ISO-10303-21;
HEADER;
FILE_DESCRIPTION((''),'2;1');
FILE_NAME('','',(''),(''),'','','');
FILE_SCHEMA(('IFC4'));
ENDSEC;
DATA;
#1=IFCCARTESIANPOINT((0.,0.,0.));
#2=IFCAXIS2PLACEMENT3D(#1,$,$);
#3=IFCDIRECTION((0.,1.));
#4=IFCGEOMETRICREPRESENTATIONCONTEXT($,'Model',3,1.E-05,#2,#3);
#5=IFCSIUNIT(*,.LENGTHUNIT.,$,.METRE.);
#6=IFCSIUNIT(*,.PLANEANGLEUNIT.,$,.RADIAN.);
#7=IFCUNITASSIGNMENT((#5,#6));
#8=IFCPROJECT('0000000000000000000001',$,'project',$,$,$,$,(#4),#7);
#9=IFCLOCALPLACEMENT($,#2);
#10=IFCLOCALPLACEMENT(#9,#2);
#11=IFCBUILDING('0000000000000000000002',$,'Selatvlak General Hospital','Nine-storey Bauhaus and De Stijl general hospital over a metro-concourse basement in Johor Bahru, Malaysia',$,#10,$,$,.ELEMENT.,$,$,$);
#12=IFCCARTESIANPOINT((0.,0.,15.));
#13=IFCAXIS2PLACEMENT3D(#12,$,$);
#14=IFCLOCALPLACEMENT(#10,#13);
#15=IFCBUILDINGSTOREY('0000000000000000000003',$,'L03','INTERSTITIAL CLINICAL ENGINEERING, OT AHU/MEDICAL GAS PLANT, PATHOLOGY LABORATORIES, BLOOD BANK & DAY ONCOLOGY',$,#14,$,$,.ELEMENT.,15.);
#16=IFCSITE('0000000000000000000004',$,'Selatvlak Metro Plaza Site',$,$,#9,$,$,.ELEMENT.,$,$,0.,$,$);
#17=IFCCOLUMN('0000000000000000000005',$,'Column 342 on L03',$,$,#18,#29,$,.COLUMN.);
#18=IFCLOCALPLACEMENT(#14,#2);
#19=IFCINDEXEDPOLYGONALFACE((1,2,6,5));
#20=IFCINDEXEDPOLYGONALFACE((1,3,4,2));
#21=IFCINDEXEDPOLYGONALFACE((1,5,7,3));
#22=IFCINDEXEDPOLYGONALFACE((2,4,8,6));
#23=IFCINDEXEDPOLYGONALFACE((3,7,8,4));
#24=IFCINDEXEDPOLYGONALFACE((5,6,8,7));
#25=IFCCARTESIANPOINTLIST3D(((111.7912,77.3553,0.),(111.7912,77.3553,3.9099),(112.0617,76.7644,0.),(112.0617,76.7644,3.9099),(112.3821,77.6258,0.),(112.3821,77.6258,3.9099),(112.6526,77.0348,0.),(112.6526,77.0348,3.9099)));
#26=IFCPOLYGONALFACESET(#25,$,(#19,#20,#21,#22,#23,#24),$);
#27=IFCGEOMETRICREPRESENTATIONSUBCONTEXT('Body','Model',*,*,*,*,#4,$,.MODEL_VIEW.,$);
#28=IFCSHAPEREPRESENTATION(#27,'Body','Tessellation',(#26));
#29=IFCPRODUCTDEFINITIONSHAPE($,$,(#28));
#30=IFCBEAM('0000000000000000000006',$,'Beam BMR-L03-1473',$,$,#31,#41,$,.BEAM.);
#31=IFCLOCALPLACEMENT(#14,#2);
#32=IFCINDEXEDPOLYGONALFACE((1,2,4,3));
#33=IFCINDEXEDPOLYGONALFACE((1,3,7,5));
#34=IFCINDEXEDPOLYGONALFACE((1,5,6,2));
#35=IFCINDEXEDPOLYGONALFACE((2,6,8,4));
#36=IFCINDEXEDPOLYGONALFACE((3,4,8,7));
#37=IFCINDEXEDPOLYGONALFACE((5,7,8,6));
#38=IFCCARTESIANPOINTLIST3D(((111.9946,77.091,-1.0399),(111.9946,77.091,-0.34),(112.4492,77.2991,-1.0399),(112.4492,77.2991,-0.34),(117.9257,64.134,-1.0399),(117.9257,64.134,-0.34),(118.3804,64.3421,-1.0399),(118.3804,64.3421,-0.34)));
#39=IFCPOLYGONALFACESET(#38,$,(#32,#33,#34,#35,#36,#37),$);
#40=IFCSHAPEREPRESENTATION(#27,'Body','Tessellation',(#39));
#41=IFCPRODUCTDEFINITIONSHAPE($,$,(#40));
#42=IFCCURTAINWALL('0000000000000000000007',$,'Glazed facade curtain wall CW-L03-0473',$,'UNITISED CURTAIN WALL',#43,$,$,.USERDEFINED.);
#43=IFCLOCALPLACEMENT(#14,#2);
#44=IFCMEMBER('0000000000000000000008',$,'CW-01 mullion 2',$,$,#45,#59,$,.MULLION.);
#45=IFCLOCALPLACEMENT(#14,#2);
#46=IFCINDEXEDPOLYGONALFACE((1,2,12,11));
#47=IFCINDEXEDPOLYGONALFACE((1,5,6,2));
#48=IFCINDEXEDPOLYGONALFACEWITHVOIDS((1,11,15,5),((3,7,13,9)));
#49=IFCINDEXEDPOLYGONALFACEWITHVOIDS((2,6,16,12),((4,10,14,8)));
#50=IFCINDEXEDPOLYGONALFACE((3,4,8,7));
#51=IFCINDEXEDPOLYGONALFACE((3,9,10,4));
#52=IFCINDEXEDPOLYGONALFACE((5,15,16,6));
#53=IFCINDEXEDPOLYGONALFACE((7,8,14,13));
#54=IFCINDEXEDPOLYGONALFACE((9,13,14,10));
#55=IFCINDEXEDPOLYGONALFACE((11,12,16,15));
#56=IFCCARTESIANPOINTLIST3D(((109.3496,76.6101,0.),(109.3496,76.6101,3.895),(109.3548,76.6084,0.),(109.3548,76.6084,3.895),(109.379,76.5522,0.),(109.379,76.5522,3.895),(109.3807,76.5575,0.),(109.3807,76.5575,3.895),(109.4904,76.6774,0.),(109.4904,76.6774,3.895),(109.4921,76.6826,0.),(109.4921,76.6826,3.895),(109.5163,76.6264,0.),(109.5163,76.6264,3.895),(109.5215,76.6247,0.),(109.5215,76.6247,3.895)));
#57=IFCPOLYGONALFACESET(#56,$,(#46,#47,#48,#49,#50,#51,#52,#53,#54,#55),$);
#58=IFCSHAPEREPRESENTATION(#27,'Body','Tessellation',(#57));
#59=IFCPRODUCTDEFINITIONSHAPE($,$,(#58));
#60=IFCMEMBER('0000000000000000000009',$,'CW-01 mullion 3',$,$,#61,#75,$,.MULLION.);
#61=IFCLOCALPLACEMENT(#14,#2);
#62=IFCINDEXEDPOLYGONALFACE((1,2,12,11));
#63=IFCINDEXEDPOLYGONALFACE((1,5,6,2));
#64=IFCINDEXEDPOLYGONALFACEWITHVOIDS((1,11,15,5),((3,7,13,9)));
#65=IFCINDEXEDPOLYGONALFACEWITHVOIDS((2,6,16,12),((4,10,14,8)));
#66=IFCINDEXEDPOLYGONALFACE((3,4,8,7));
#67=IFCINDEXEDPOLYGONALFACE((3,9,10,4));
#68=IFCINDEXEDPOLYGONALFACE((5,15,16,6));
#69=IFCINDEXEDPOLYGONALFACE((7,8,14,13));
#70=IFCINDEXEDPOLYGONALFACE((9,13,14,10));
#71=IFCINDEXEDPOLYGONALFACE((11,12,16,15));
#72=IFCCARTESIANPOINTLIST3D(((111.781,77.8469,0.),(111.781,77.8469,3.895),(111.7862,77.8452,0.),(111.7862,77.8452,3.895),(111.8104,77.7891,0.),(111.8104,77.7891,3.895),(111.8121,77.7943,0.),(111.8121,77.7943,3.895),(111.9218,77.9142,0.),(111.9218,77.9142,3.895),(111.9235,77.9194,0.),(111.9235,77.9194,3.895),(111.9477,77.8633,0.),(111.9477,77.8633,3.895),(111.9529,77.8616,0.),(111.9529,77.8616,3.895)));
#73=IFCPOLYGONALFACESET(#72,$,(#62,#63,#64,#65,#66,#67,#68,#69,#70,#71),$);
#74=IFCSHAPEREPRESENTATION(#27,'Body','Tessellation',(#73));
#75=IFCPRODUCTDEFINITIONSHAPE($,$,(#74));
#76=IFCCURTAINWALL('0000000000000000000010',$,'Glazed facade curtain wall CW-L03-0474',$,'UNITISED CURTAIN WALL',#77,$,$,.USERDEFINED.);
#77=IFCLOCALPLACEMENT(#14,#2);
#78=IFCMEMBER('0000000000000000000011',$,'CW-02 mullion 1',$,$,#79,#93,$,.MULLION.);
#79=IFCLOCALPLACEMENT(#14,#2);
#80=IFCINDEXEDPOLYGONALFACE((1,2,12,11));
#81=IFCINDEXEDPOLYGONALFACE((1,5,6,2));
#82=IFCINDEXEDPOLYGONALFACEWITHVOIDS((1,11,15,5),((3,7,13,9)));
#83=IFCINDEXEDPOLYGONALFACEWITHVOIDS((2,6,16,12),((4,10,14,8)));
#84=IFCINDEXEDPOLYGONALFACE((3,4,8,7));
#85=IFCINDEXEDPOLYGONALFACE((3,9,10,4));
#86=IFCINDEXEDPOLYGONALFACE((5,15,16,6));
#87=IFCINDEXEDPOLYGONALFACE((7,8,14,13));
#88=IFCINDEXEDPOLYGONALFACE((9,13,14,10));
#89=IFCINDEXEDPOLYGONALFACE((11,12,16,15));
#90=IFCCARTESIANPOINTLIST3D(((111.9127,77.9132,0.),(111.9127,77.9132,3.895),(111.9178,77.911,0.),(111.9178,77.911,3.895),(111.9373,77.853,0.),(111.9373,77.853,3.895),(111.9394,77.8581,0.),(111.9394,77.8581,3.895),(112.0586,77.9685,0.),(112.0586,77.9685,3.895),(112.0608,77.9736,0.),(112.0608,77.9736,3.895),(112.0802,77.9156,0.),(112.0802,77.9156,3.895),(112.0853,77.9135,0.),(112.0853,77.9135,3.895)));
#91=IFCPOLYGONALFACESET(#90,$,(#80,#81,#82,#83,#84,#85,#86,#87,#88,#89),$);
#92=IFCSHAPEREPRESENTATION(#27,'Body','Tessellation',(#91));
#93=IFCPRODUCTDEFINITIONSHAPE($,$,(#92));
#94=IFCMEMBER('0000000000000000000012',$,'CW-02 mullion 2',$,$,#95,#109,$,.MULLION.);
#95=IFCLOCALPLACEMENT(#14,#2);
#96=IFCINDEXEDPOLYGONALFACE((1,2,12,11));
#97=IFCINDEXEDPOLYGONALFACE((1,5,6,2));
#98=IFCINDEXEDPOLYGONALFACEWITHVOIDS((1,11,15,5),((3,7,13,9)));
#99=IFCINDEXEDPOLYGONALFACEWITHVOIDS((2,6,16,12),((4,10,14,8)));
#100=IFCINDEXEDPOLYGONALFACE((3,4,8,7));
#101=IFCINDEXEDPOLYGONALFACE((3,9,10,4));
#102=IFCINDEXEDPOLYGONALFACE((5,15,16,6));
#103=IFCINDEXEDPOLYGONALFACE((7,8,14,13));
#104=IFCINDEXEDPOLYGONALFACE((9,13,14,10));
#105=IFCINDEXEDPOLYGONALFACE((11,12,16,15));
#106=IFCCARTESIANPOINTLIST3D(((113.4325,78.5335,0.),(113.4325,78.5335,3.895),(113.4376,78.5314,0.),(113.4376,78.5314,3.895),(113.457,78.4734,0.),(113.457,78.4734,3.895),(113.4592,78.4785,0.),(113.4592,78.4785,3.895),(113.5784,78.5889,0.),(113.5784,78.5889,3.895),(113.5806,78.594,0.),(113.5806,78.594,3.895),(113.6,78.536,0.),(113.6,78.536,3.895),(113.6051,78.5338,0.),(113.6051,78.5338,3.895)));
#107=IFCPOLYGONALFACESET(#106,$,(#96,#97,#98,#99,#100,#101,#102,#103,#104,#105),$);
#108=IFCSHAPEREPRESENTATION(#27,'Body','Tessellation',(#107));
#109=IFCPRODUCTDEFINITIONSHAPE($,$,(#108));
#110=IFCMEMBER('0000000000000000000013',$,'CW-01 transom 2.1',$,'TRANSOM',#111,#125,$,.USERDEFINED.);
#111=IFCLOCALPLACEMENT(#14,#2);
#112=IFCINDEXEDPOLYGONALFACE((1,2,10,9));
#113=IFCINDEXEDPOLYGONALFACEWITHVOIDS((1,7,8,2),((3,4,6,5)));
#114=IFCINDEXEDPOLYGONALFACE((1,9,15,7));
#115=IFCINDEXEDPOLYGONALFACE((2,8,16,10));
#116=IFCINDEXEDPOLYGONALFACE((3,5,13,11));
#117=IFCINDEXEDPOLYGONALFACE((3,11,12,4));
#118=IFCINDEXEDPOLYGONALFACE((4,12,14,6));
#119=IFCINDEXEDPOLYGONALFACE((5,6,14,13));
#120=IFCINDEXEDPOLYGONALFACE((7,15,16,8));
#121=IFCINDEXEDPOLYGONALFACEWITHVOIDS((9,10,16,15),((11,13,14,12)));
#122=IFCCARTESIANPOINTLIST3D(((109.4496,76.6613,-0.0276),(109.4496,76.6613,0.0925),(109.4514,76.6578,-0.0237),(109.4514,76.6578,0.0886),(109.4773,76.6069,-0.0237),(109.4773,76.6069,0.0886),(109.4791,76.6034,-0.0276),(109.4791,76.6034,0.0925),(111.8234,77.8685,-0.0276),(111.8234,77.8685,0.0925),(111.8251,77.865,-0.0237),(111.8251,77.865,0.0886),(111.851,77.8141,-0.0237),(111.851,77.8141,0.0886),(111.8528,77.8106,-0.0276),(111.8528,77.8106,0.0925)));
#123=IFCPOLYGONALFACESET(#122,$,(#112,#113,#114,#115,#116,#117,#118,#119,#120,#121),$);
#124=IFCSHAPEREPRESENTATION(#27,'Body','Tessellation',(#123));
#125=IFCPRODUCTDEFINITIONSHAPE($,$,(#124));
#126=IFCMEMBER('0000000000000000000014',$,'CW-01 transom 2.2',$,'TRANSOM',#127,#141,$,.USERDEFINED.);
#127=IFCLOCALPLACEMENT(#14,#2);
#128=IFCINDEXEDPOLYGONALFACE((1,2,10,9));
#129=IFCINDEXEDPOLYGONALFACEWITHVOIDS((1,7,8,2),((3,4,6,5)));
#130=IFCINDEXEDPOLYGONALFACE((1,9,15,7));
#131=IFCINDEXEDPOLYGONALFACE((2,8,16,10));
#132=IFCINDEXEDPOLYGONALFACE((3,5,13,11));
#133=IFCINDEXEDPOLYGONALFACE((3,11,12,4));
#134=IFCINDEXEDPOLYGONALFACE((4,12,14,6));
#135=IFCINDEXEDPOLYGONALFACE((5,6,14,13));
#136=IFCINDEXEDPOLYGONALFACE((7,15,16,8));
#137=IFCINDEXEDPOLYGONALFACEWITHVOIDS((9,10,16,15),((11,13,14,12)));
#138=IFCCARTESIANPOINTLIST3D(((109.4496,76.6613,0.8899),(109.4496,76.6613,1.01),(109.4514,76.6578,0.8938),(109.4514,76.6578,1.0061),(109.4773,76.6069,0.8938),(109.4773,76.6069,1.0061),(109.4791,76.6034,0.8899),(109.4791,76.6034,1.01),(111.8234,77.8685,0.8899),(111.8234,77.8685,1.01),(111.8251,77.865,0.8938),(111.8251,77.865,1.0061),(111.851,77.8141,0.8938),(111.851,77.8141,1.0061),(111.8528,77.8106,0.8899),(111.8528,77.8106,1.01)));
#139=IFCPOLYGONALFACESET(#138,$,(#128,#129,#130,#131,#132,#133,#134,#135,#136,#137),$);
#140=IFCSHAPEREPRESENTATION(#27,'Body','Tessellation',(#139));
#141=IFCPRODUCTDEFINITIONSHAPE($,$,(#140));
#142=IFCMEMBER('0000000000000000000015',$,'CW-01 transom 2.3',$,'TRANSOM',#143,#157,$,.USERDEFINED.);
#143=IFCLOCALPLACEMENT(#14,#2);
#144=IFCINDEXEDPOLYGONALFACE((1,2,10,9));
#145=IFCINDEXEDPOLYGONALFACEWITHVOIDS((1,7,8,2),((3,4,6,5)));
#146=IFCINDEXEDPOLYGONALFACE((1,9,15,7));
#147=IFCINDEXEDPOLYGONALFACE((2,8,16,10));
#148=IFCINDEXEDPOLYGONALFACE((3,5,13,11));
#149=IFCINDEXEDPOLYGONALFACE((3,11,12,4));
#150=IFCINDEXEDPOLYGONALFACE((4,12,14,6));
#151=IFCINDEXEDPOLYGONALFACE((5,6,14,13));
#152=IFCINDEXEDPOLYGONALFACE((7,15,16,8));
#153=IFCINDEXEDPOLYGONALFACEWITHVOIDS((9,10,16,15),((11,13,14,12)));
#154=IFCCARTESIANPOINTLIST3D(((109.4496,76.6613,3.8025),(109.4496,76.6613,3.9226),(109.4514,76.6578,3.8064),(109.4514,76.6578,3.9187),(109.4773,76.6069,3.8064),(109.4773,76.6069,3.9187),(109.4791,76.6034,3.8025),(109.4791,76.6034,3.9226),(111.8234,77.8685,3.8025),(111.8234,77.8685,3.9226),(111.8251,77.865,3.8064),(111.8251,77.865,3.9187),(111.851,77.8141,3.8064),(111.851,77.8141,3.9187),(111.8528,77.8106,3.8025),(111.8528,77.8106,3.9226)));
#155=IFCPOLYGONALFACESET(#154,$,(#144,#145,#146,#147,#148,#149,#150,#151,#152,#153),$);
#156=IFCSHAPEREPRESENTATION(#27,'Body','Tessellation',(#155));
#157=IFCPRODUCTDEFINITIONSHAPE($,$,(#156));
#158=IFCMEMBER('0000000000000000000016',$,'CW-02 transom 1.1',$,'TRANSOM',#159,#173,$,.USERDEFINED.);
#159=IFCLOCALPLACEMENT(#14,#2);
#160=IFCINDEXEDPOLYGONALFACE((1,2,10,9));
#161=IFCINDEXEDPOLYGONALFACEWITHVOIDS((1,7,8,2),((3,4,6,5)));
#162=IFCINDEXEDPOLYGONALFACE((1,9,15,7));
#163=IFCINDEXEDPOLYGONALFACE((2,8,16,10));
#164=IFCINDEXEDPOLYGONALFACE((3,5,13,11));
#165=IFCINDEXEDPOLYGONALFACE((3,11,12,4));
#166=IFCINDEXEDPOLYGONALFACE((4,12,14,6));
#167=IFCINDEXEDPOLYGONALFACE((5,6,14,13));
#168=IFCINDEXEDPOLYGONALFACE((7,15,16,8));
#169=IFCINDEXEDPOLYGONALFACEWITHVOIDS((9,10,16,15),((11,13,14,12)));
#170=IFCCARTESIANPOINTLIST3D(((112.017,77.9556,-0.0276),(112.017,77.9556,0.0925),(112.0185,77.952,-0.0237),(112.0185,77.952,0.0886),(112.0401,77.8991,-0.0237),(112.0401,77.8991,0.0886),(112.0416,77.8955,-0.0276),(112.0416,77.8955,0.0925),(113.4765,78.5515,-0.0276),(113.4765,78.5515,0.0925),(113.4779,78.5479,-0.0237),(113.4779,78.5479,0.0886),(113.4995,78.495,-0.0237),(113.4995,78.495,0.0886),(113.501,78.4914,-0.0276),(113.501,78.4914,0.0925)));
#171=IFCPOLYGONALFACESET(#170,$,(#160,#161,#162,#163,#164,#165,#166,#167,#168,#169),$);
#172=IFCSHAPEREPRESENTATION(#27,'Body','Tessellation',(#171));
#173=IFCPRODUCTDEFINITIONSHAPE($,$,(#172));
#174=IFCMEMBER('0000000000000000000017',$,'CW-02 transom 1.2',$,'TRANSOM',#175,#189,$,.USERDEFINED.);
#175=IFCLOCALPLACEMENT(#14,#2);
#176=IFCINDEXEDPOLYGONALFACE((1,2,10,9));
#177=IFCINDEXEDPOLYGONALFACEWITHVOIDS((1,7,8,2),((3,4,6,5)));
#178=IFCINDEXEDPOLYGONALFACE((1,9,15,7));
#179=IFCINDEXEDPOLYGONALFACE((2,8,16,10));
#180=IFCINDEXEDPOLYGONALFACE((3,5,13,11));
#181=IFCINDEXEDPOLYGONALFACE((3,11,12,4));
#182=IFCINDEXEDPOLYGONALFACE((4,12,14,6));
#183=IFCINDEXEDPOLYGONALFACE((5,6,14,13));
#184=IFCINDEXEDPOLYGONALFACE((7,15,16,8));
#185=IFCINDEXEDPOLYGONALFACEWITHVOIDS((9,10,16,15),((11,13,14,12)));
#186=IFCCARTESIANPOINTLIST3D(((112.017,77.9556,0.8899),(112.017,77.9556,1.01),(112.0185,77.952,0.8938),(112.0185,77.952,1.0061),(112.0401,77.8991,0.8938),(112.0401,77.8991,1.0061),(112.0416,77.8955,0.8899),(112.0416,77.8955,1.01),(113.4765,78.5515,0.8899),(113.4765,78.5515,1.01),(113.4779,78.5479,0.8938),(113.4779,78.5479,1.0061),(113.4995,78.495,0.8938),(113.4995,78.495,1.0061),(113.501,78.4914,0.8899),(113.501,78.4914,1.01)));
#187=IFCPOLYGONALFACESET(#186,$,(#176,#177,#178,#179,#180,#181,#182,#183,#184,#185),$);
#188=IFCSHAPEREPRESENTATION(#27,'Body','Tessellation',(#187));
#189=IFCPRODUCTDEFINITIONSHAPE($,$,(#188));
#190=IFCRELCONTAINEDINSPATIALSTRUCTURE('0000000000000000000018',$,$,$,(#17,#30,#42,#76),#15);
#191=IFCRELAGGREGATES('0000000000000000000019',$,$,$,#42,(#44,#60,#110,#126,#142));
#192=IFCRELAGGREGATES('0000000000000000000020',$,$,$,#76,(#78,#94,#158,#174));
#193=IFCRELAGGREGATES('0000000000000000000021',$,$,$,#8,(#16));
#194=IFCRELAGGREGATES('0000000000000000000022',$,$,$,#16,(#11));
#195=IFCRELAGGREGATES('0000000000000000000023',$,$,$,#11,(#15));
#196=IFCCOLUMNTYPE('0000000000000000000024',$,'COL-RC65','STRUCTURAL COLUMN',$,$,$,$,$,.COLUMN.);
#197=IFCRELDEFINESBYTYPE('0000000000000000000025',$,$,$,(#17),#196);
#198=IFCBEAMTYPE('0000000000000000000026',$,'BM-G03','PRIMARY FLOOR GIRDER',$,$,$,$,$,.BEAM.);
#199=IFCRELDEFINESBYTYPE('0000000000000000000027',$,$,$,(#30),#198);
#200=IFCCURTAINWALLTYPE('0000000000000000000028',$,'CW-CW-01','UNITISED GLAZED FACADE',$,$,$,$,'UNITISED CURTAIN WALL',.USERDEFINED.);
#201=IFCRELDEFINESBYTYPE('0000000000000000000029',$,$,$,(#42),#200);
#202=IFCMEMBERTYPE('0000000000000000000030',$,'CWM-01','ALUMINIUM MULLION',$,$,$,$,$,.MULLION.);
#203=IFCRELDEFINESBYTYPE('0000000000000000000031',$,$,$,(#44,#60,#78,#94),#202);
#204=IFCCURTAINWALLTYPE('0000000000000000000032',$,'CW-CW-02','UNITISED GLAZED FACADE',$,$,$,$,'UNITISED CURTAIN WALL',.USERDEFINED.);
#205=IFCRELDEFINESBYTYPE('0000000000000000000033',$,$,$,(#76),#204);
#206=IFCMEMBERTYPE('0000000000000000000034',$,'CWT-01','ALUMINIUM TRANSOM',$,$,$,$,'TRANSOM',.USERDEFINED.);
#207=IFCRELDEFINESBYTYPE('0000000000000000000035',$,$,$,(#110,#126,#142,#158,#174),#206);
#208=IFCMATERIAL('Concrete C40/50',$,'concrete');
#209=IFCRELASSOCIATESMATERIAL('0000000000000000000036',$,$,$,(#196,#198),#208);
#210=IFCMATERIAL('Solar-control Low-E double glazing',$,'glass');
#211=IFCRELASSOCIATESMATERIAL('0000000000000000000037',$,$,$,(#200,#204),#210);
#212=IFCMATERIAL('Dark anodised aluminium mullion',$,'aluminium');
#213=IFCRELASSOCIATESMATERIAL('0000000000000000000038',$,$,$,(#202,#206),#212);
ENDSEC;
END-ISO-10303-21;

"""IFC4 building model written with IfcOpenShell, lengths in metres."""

from ifc_helpers import new_model, si_unit, direction, frame, origin, origin_2d, place, context, subcontext, project, spatial, rectangle, hollow_rectangle, extrude, material, material_profile, profile_set, type_object, element, aggregate, save


model = new_model("IFC4")

# Units and contexts
model_context = context("Model", 3, precision=1e-05, world=origin(), true_north=direction((0.0, 1.0)))
body_context = subcontext(model_context, "Body", "Model", "MODEL_VIEW")
ifc_project = project(units=[si_unit("LENGTHUNIT", "METRE"), si_unit("PLANEANGLEUNIT", "RADIAN")], contexts=[model_context])

# Site, building, storey
site_placement = place(None, origin())
site = spatial("IfcSite", under=ifc_project, at=site_placement, Name="Selatvlak Metro Plaza Site", CompositionType="ELEMENT", RefElevation=0.0)
building_placement = place(site_placement, origin())
building = spatial("IfcBuilding", under=site, at=building_placement, Name="Selatvlak General Hospital", Description="Nine-storey Bauhaus and De Stijl general hospital over a metro-concourse basement in Johor Bahru, Malaysia", CompositionType="ELEMENT")
storey_placement = place(building_placement, frame((0.0, 0.0, 15.0)))
storey = spatial("IfcBuildingStorey", under=building, at=storey_placement, Name="L03", Description="INTERSTITIAL CLINICAL ENGINEERING, OT AHU/MEDICAL GAS PLANT, PATHOLOGY LABORATORIES, BLOOD BANK & DAY ONCOLOGY", CompositionType="ELEMENT", Elevation=15.0)

# Column
ifc_material_1 = material(Name="Concrete C40/50", Category="concrete")
ifc_material_profile_1 = material_profile(ifc_material_1, rectangle(XDim=0.6499, YDim=0.6499, at=origin_2d()), Name="RC-COL 650x650")
ifc_profile_set_1 = profile_set([ifc_material_profile_1], Name="Concrete C40/50")
column_type = type_object("IfcColumnType", Name="COL-RC65", Description="STRUCTURAL COLUMN", PredefinedType="COLUMN", material=ifc_profile_set_1)
column_placement = place(storey_placement, frame((112.2219, 77.1951, 0.0), z_axis=(0.0, 0.0, 1.0), x_axis=(-0.416201, 0.909272, 0.0)))
element("IfcColumn", 1, at=column_placement, inside=storey, type_object=column_type, Name="Column 342 on L03", PredefinedType="COLUMN", context=body_context, shape_type="SweptSolid", body=[
    extrude(rectangle(XDim=0.6499, YDim=0.6499, at=origin_2d()), origin(), (0.0, 0.0, 1.0), 3.9099),
])

# Beam
ifc_material_profile_2 = material_profile(ifc_material_1, rectangle(XDim=0.5, YDim=0.7, at=origin_2d()), Name="RC-BM 500x700")
ifc_profile_set_2 = profile_set([ifc_material_profile_2], Name="Concrete C40/50")
beam_type = type_object("IfcBeamType", Name="BM-G03", Description="PRIMARY FLOOR GIRDER", PredefinedType="BEAM", material=ifc_profile_set_2)
beam_placement = place(storey_placement, frame((112.2219, 77.1951, -0.6899), z_axis=(0.41622, -0.909264, 0.0), x_axis=(0.909264, 0.41622, 0.0)))
element("IfcBeam", 2, at=beam_placement, inside=storey, type_object=beam_type, Name="Beam BMR-L03-1473", PredefinedType="BEAM", context=body_context, shape_type="SweptSolid", body=[
    extrude(rectangle(XDim=0.5, YDim=0.7, at=origin_2d()), origin(), (0.0, 0.0, 1.0), 14.25),
])

# Curtain walls, members
ifc_material_2 = material(Name="Solar-control Low-E double glazing", Category="glass")
curtain_wall_type_1 = type_object("IfcCurtainWallType", Name="CW-CW-01", Description="UNITISED GLAZED FACADE", ElementType="UNITISED CURTAIN WALL", PredefinedType="USERDEFINED", material=ifc_material_2)
curtain_wall_1_placement = place(storey_placement, origin())
curtain_wall_1 = element("IfcCurtainWall", 3, at=curtain_wall_1_placement, inside=storey, type_object=curtain_wall_type_1, Name="Glazed facade curtain wall CW-L03-0473", ObjectType="UNITISED CURTAIN WALL", PredefinedType="USERDEFINED")
ifc_material_3 = material(Name="Dark anodised aluminium mullion", Category="aluminium")
ifc_material_profile_3 = material_profile(ifc_material_3, hollow_rectangle(XDim=0.0649, YDim=0.1599, WallThickness=0.0039, at=origin_2d()), Name="AL-MUL 65x160x4")
ifc_profile_set_3 = profile_set([ifc_material_profile_3], Name="Dark anodised aluminium mullion")
member_type_1 = type_object("IfcMemberType", Name="CWM-01", Description="ALUMINIUM MULLION", PredefinedType="MULLION", material=ifc_profile_set_3)
member_1_placement = place(storey_placement, frame((109.4355, 76.6174, 0.0), z_axis=(0.0, 0.0, 1.0), x_axis=(-0.453361, 0.891327, 0.0)))
member_1 = element("IfcMember", 4, at=member_1_placement, type_object=member_type_1, Name="CW-01 mullion 2", PredefinedType="MULLION", context=body_context, shape_type="SweptSolid", body=[
    extrude(hollow_rectangle(XDim=0.0649, YDim=0.1599, WallThickness=0.0039, at=origin_2d()), origin(), (0.0, 0.0, 1.0), 3.895),
])
member_2_placement = place(storey_placement, frame((111.8669, 77.8542, 0.0), z_axis=(0.0, 0.0, 1.0), x_axis=(-0.453361, 0.891327, 0.0)))
member_2 = element("IfcMember", 5, at=member_2_placement, type_object=member_type_1, Name="CW-01 mullion 3", PredefinedType="MULLION", context=body_context, shape_type="SweptSolid", body=[
    extrude(hollow_rectangle(XDim=0.0649, YDim=0.1599, WallThickness=0.0039, at=origin_2d()), origin(), (0.0, 0.0, 1.0), 3.895),
])
curtain_wall_type_2 = type_object("IfcCurtainWallType", Name="CW-CW-02", Description="UNITISED GLAZED FACADE", ElementType="UNITISED CURTAIN WALL", PredefinedType="USERDEFINED", material=ifc_material_2)
curtain_wall_2_placement = place(storey_placement, origin())
curtain_wall_2 = element("IfcCurtainWall", 6, at=curtain_wall_2_placement, inside=storey, type_object=curtain_wall_type_2, Name="Glazed facade curtain wall CW-L03-0474", ObjectType="UNITISED CURTAIN WALL", PredefinedType="USERDEFINED")
member_3_placement = place(storey_placement, frame((111.999, 77.9133, 0.0), z_axis=(0.0, 0.0, 1.0), x_axis=(-0.377948, 0.925827, 0.0)))
member_3 = element("IfcMember", 7, at=member_3_placement, type_object=member_type_1, Name="CW-02 mullion 1", PredefinedType="MULLION", context=body_context, shape_type="SweptSolid", body=[
    extrude(hollow_rectangle(XDim=0.0649, YDim=0.1599, WallThickness=0.0039, at=origin_2d()), origin(), (0.0, 0.0, 1.0), 3.895),
])
member_4_placement = place(storey_placement, frame((113.5188, 78.5337, 0.0), z_axis=(0.0, 0.0, 1.0), x_axis=(-0.377948, 0.925827, 0.0)))
member_4 = element("IfcMember", 8, at=member_4_placement, type_object=member_type_1, Name="CW-02 mullion 2", PredefinedType="MULLION", context=body_context, shape_type="SweptSolid", body=[
    extrude(hollow_rectangle(XDim=0.0649, YDim=0.1599, WallThickness=0.0039, at=origin_2d()), origin(), (0.0, 0.0, 1.0), 3.895),
])

# Members
ifc_material_profile_4 = material_profile(ifc_material_3, hollow_rectangle(XDim=0.0649, YDim=0.1201, WallThickness=0.0039, at=origin_2d()), Name="AL-TRN 65x120x4")
ifc_profile_set_4 = profile_set([ifc_material_profile_4], Name="Dark anodised aluminium mullion")
member_type_2 = type_object("IfcMemberType", Name="CWT-01", Description="ALUMINIUM TRANSOM", ElementType="TRANSOM", PredefinedType="USERDEFINED", material=ifc_profile_set_4)
member_5_placement = place(storey_placement, frame((109.4644, 76.6323, 0.0325), z_axis=(0.891344, 0.453327, 0.0), x_axis=(-0.453327, 0.891344, 0.0)))
member_5 = element("IfcMember", 9, at=member_5_placement, type_object=member_type_2, Name="CW-01 transom 2.1", ObjectType="TRANSOM", PredefinedType="USERDEFINED", context=body_context, shape_type="SweptSolid", body=[
    extrude(hollow_rectangle(XDim=0.0649, YDim=0.1201, WallThickness=0.0039, at=origin_2d()), origin(), (0.0, 0.0, 1.0), 2.6631),
])
member_6_placement = place(storey_placement, frame((109.4644, 76.6323, 0.95), z_axis=(0.891344, 0.453327, 0.0), x_axis=(-0.453327, 0.891344, 0.0)))
member_6 = element("IfcMember", 10, at=member_6_placement, type_object=member_type_2, Name="CW-01 transom 2.2", ObjectType="TRANSOM", PredefinedType="USERDEFINED", context=body_context, shape_type="SweptSolid", body=[
    extrude(hollow_rectangle(XDim=0.0649, YDim=0.1201, WallThickness=0.0039, at=origin_2d()), origin(), (0.0, 0.0, 1.0), 2.6631),
])
member_7_placement = place(storey_placement, frame((109.4644, 76.6323, 3.8625), z_axis=(0.891344, 0.453327, 0.0), x_axis=(-0.453327, 0.891344, 0.0)))
member_7 = element("IfcMember", 11, at=member_7_placement, type_object=member_type_2, Name="CW-01 transom 2.3", ObjectType="TRANSOM", PredefinedType="USERDEFINED", context=body_context, shape_type="SweptSolid", body=[
    extrude(hollow_rectangle(XDim=0.0649, YDim=0.1201, WallThickness=0.0039, at=origin_2d()), origin(), (0.0, 0.0, 1.0), 2.6631),
])
member_8_placement = place(storey_placement, frame((112.0293, 77.9255, 0.0325), z_axis=(0.925793, 0.37803, 0.0), x_axis=(-0.37803, 0.925793, 0.0)))
member_8 = element("IfcMember", 12, at=member_8_placement, type_object=member_type_2, Name="CW-02 transom 1.1", ObjectType="TRANSOM", PredefinedType="USERDEFINED", context=body_context, shape_type="SweptSolid", body=[
    extrude(hollow_rectangle(XDim=0.0649, YDim=0.1201, WallThickness=0.0039, at=origin_2d()), origin(), (0.0, 0.0, 1.0), 1.5764),
])
member_9_placement = place(storey_placement, frame((112.0293, 77.9255, 0.95), z_axis=(0.925793, 0.37803, 0.0), x_axis=(-0.37803, 0.925793, 0.0)))
member_9 = element("IfcMember", 13, at=member_9_placement, type_object=member_type_2, Name="CW-02 transom 1.2", ObjectType="TRANSOM", PredefinedType="USERDEFINED", context=body_context, shape_type="SweptSolid", body=[
    extrude(hollow_rectangle(XDim=0.0649, YDim=0.1201, WallThickness=0.0039, at=origin_2d()), origin(), (0.0, 0.0, 1.0), 1.5764),
])

aggregate(curtain_wall_1, [member_1, member_2, member_5, member_6, member_7])
aggregate(curtain_wall_2, [member_3, member_4, member_8, member_9])

save(model, "model.ifc")
